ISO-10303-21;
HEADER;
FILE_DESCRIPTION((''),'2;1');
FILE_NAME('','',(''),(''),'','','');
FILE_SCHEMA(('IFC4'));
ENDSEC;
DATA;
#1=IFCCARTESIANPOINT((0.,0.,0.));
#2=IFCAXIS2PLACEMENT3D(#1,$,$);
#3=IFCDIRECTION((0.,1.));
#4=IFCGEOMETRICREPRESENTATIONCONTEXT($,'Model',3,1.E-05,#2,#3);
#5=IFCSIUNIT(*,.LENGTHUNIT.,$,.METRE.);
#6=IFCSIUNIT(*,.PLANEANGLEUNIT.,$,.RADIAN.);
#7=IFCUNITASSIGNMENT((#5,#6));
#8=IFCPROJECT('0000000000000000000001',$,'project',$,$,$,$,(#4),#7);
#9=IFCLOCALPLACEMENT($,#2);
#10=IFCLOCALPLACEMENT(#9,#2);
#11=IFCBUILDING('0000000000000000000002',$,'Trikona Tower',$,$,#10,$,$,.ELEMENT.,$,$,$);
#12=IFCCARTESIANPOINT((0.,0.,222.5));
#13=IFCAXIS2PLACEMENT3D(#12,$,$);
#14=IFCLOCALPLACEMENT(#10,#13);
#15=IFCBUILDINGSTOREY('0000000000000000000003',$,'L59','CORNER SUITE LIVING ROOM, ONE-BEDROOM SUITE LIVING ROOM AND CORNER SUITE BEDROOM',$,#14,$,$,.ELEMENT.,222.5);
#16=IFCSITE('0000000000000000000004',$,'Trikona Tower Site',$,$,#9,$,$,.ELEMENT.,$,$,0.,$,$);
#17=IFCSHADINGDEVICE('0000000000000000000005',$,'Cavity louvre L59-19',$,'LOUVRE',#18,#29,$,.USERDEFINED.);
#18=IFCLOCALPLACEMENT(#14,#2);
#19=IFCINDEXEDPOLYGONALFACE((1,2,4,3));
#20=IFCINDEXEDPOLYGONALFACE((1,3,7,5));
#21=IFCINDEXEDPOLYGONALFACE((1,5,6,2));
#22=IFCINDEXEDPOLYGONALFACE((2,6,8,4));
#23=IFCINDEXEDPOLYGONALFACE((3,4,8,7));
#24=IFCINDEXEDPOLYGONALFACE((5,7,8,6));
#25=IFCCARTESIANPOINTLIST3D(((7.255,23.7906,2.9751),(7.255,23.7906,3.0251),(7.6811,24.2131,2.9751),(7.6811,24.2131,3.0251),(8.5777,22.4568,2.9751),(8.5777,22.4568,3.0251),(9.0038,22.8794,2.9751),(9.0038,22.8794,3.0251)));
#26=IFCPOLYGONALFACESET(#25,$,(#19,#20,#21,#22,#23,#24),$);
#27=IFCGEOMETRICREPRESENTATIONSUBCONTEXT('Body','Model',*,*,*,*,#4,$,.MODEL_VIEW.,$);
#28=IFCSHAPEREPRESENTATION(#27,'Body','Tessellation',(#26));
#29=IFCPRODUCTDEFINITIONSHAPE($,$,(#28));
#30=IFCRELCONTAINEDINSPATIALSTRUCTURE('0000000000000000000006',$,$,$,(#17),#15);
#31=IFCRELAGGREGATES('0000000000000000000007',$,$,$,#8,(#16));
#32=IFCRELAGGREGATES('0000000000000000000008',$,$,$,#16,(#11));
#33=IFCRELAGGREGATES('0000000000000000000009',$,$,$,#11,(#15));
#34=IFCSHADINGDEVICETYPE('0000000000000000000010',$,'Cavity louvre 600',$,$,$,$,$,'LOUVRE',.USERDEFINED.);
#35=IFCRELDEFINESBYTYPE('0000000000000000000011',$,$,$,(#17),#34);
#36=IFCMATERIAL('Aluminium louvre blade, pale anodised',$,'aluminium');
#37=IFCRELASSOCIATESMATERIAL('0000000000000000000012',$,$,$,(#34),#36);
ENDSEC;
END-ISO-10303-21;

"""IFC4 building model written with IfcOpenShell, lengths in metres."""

from ifc_helpers import new_model, si_unit, direction, frame, origin, origin_2d, place, context, subcontext, project, spatial, rectangle, extrude, material, type_object, element, save


model = new_model("IFC4")

# Units and contexts
model_context = context("Model", 3, precision=1e-05, world=origin(), true_north=direction((0.0, 1.0)))
body_context = subcontext(model_context, "Body", "Model", "MODEL_VIEW")
ifc_project = project(units=[si_unit("LENGTHUNIT", "METRE"), si_unit("PLANEANGLEUNIT", "RADIAN")], contexts=[model_context])

# Site, building, storey
site_placement = place(None, origin())
site = spatial("IfcSite", under=ifc_project, at=site_placement, Name="Trikona Tower Site", CompositionType="ELEMENT", RefElevation=0.0)
building_placement = place(site_placement, origin())
building = spatial("IfcBuilding", under=site, at=building_placement, Name="Trikona Tower", CompositionType="ELEMENT")
storey_placement = place(building_placement, frame((0.0, 0.0, 222.5)))
storey = spatial("IfcBuildingStorey", under=building, at=storey_placement, Name="L59", Description="CORNER SUITE LIVING ROOM, ONE-BEDROOM SUITE LIVING ROOM AND CORNER SUITE BEDROOM", CompositionType="ELEMENT", Elevation=222.5)

# Shading device
ifc_material_1 = material(Name="Aluminium louvre blade, pale anodised", Category="aluminium")
shading_device_type = type_object("IfcShadingDeviceType", Name="Cavity louvre 600", ElementType="LOUVRE", PredefinedType="USERDEFINED", material=ifc_material_1)
shading_device_placement = place(storey_placement, frame((8.1294, 23.335, 2.9751), z_axis=(0.0, 0.0, 1.0), x_axis=(-0.704151, 0.71005, 0.0)))
element("IfcShadingDevice", 1, at=shading_device_placement, inside=storey, type_object=shading_device_type, Name="Cavity louvre L59-19", ObjectType="LOUVRE", PredefinedType="USERDEFINED", context=body_context, shape_type="SweptSolid", body=[
    extrude(rectangle(XDim=1.8784, YDim=0.6001, at=origin_2d()), origin(), (0.0, 0.0, 1.0), 0.05),
])

save(model, "model.ifc")
